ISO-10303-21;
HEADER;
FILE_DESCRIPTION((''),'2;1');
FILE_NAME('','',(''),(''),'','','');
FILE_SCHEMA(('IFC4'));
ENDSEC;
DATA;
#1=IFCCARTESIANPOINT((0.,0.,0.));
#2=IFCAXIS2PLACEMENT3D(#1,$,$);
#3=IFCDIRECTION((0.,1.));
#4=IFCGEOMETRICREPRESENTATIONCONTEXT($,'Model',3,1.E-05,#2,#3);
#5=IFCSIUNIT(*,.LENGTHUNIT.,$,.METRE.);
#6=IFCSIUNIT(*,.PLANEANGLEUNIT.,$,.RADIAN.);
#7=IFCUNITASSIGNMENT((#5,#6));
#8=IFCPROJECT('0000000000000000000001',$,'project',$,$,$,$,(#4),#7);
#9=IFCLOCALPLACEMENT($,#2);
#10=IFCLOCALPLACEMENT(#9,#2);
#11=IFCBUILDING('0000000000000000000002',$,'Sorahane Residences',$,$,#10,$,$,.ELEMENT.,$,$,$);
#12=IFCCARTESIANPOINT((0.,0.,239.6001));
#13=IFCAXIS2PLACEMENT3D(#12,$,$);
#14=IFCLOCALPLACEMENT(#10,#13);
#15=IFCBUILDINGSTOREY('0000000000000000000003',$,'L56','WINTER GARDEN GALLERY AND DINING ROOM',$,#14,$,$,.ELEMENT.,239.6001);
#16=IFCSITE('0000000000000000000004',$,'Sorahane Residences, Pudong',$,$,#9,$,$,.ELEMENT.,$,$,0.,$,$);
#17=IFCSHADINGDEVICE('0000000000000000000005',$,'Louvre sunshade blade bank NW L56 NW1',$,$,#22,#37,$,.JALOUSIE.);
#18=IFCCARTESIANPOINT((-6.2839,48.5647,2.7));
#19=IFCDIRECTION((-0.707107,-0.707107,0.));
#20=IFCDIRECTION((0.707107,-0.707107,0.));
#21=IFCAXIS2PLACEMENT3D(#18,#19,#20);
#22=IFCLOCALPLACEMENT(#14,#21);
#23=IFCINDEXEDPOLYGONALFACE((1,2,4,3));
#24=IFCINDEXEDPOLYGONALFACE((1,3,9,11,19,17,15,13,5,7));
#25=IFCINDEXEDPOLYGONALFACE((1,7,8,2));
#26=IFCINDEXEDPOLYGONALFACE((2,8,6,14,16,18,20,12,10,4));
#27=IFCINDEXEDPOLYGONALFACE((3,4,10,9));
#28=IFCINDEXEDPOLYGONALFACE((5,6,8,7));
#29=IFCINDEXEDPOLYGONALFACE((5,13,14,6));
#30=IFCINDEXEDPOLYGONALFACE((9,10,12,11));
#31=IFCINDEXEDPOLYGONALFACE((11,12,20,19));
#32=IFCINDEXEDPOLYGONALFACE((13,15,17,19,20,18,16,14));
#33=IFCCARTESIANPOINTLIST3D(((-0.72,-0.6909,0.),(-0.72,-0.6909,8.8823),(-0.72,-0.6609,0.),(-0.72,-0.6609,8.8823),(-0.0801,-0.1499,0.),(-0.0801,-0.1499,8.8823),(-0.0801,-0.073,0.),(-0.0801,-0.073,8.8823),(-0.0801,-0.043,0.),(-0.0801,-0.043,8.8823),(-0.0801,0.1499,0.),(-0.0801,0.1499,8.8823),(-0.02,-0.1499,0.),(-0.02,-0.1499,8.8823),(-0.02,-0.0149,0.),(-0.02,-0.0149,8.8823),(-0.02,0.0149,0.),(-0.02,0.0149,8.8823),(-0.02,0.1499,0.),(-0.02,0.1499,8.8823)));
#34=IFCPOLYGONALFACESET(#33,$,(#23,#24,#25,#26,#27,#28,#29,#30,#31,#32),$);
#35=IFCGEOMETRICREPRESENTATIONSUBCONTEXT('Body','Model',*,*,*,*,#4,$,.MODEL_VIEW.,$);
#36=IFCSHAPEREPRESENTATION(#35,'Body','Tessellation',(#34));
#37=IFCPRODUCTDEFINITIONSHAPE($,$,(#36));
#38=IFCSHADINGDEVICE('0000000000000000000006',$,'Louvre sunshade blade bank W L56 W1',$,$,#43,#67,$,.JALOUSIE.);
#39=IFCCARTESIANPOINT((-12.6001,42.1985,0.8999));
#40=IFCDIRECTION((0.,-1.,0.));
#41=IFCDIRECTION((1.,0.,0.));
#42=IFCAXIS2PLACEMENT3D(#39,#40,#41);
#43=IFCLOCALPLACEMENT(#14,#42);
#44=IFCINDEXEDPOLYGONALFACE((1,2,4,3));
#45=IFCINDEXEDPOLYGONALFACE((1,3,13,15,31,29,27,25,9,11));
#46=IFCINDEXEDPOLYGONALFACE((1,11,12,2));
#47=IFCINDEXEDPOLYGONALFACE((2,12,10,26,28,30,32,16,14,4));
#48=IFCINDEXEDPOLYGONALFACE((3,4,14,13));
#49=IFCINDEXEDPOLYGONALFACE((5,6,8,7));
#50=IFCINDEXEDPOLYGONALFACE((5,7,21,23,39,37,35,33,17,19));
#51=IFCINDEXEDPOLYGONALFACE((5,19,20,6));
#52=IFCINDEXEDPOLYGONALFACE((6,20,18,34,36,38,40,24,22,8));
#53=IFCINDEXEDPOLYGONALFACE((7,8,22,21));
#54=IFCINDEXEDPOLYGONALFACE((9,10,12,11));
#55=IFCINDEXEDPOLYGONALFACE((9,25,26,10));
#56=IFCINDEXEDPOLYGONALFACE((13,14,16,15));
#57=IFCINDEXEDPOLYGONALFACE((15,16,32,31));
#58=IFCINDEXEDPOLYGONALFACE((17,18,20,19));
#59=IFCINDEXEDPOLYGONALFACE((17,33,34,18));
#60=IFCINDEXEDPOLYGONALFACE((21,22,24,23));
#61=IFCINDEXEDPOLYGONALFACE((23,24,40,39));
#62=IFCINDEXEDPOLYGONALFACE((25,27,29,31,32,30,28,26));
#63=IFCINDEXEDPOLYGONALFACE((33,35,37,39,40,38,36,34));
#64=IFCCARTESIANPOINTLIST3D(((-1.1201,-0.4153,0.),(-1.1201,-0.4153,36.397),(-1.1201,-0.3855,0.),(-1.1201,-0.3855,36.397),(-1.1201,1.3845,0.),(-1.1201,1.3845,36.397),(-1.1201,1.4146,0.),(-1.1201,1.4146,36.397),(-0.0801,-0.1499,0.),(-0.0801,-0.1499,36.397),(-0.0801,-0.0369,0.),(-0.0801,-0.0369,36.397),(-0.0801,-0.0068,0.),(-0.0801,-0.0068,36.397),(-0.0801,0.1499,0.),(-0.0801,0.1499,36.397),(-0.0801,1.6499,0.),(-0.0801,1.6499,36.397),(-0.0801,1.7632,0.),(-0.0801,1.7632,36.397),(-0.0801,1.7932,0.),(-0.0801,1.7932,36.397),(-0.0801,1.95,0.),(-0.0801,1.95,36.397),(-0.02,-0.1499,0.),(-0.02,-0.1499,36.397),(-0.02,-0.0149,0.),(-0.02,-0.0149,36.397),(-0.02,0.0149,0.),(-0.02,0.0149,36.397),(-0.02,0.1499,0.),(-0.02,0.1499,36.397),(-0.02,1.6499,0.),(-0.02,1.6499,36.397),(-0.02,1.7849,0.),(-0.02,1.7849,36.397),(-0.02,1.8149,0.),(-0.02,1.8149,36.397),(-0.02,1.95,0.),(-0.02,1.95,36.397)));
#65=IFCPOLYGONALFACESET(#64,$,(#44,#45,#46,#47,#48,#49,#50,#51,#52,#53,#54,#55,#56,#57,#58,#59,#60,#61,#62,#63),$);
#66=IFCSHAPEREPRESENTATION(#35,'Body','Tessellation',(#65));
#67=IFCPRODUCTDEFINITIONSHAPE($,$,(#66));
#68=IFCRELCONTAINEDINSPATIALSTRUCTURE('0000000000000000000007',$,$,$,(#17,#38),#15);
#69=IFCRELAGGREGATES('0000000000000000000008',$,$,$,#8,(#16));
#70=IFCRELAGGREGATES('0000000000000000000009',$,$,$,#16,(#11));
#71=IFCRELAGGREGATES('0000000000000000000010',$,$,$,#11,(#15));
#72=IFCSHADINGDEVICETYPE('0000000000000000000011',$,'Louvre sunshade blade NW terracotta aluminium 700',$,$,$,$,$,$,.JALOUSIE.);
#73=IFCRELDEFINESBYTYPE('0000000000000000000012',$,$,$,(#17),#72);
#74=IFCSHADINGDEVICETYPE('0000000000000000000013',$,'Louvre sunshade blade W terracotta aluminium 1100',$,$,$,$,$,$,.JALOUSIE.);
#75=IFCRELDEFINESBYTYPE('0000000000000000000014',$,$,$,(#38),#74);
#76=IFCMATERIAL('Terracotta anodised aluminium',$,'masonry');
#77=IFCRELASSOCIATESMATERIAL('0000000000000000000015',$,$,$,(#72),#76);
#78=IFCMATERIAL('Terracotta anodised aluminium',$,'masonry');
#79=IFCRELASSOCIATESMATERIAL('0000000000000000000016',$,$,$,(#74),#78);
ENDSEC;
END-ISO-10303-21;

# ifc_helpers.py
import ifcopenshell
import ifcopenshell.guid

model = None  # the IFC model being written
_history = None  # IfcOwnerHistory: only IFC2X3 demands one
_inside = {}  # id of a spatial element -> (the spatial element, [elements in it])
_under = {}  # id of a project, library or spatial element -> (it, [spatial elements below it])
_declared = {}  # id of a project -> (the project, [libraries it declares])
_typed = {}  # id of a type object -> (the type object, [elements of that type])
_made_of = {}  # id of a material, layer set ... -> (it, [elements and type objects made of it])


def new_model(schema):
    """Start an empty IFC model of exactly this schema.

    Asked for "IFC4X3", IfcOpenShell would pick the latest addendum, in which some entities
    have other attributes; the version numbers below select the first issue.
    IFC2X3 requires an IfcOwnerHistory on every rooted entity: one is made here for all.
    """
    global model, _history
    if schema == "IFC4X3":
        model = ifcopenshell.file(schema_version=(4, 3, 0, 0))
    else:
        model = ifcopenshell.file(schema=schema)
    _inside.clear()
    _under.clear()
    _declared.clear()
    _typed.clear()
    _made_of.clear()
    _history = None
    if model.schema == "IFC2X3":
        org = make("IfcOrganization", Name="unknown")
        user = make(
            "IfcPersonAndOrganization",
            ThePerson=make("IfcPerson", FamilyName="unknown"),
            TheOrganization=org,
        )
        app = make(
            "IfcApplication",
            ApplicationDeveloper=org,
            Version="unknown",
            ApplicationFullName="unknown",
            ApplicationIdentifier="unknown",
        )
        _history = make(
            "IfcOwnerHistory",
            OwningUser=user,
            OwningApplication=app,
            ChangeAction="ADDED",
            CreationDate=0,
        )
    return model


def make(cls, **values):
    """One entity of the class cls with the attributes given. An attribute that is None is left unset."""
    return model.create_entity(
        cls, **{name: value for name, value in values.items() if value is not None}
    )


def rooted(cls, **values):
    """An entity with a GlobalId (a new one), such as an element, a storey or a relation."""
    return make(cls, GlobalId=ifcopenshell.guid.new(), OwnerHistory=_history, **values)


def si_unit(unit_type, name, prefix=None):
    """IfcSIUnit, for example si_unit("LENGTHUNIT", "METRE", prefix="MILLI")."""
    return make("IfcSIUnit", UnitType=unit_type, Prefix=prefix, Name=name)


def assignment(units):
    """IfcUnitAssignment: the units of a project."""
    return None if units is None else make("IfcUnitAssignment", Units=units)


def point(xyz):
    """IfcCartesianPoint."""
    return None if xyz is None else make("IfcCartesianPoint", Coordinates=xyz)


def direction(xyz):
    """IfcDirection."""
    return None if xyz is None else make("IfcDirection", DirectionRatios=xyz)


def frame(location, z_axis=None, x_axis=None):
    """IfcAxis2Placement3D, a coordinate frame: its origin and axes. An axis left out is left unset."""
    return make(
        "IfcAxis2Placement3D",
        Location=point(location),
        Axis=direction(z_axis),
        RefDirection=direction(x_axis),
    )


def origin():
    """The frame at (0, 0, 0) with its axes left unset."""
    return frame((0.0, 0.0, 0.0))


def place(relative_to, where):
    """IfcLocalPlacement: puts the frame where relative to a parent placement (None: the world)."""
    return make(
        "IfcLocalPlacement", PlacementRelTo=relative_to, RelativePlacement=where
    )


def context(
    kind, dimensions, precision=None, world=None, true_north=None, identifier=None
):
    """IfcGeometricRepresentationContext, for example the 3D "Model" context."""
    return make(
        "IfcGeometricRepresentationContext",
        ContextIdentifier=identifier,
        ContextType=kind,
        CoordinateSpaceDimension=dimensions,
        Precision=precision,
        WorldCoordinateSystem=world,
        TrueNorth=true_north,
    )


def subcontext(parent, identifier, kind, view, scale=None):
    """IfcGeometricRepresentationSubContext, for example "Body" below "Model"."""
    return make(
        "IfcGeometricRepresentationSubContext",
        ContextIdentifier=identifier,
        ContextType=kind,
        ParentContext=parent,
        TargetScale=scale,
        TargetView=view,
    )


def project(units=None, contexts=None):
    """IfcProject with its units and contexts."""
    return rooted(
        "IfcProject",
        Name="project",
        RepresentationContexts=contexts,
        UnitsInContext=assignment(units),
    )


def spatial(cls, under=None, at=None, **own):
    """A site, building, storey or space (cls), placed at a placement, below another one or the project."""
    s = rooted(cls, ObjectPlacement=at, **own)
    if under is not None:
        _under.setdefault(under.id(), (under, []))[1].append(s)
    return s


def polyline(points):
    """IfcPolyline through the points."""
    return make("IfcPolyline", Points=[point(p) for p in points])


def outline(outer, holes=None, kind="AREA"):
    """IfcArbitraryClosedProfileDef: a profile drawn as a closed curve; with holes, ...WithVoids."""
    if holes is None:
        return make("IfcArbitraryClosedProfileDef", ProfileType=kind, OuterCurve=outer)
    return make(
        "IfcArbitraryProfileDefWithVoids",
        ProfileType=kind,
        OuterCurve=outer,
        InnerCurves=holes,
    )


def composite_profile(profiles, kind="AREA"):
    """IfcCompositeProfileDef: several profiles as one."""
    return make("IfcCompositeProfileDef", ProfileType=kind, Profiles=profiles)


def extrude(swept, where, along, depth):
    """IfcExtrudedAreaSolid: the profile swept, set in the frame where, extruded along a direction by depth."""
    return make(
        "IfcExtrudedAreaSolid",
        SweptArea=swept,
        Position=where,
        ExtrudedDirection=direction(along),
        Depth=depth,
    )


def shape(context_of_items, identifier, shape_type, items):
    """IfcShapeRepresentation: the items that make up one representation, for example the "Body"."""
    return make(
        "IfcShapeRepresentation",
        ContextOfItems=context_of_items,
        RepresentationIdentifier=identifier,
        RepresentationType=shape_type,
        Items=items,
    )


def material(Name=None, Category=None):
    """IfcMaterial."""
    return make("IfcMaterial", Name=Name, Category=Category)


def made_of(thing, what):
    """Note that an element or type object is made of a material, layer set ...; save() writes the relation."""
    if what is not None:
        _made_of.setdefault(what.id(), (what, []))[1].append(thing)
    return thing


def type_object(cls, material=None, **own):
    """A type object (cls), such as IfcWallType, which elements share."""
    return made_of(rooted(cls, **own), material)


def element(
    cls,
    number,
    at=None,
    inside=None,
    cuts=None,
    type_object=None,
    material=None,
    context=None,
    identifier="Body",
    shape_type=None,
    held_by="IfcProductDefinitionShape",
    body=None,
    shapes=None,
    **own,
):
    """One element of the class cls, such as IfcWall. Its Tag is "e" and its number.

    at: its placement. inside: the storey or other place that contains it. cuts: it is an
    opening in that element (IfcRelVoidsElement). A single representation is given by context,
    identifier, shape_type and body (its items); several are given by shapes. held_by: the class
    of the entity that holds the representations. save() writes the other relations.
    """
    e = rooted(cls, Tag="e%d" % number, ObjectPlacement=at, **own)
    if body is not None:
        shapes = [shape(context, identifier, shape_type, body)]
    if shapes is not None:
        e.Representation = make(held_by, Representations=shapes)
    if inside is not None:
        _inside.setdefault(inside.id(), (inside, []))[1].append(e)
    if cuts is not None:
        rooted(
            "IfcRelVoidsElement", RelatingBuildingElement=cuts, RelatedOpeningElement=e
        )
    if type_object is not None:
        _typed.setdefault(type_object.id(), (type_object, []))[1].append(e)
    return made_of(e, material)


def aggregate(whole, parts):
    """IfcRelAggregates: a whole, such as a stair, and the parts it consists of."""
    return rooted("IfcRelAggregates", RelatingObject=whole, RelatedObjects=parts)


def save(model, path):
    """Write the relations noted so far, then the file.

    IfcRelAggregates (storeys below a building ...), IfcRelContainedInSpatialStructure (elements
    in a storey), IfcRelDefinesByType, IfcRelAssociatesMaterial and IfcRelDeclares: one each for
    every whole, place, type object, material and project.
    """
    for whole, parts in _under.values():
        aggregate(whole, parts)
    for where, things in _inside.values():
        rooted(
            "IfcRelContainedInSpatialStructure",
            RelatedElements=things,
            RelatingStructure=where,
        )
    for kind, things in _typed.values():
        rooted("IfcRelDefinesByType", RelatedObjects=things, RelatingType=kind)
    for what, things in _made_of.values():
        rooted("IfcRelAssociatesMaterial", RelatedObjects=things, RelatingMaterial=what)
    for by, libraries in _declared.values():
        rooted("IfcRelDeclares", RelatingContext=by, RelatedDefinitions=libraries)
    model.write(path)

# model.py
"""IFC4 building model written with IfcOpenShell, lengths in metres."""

from ifc_helpers import new_model, si_unit, direction, frame, origin, place, context, subcontext, project, spatial, polyline, outline, composite_profile, extrude, material, type_object, element, save


model = new_model("IFC4")

# Units and contexts
model_context = context("Model", 3, precision=1e-05, world=origin(), true_north=direction((0.0, 1.0)))
body_context = subcontext(model_context, "Body", "Model", "MODEL_VIEW")
ifc_project = project(units=[si_unit("LENGTHUNIT", "METRE"), si_unit("PLANEANGLEUNIT", "RADIAN")], contexts=[model_context])

# Site, building, storey
site_placement = place(None, origin())
site = spatial("IfcSite", under=ifc_project, at=site_placement, Name="Sorahane Residences, Pudong", CompositionType="ELEMENT", RefElevation=0.0)
building_placement = place(site_placement, origin())
building = spatial("IfcBuilding", under=site, at=building_placement, Name="Sorahane Residences", CompositionType="ELEMENT")
storey_placement = place(building_placement, frame((0.0, 0.0, 239.6001)))
storey = spatial("IfcBuildingStorey", under=building, at=storey_placement, Name="L56", Description="WINTER GARDEN GALLERY AND DINING ROOM", CompositionType="ELEMENT", Elevation=239.6001)

# Shading devices
ifc_material_1 = material(Name="Terracotta anodised aluminium", Category="masonry")
shading_device_type_1 = type_object("IfcShadingDeviceType", Name="Louvre sunshade blade NW terracotta aluminium 700", PredefinedType="JALOUSIE", material=ifc_material_1)
shading_device_1_placement = place(storey_placement, frame((-6.2839, 48.5647, 2.7), z_axis=(-0.707107, -0.707107, 0.0), x_axis=(0.707107, -0.707107, 0.0)))
element("IfcShadingDevice", 1, at=shading_device_1_placement, inside=storey, type_object=shading_device_type_1, Name="Louvre sunshade blade bank NW L56 NW1", PredefinedType="JALOUSIE", context=body_context, shape_type="SweptSolid", body=[
    extrude(outline(polyline([(-0.72, -0.6609), (-0.72, -0.6909), (-0.0801, -0.073), (-0.0801, -0.1499), (-0.02, -0.1499), (-0.02, -0.0149), (-0.02, 0.0149), (-0.02, 0.1499), (-0.0801, 0.1499), (-0.0801, -0.043), (-0.72, -0.6609)])), origin(), (0.0, 0.0, 1.0), 8.8823),
])
ifc_material_2 = material(Name="Terracotta anodised aluminium", Category="masonry")
shading_device_type_2 = type_object("IfcShadingDeviceType", Name="Louvre sunshade blade W terracotta aluminium 1100", PredefinedType="JALOUSIE", material=ifc_material_2)
shading_device_2_placement = place(storey_placement, frame((-12.6001, 42.1985, 0.8999), z_axis=(0.0, -1.0, 0.0), x_axis=(1.0, 0.0, 0.0)))
element("IfcShadingDevice", 2, at=shading_device_2_placement, inside=storey, type_object=shading_device_type_2, Name="Louvre sunshade blade bank W L56 W1", PredefinedType="JALOUSIE", context=body_context, shape_type="SweptSolid", body=[
    extrude(composite_profile([outline(polyline([(-1.1201, -0.3855), (-1.1201, -0.4153), (-0.0801, -0.0369), (-0.0801, -0.1499), (-0.02, -0.1499), (-0.02, -0.0149), (-0.02, 0.0149), (-0.02, 0.1499), (-0.0801, 0.1499), (-0.0801, -0.0068), (-1.1201, -0.3855)])), outline(polyline([(-1.1201, 1.4146), (-1.1201, 1.3845), (-0.0801, 1.7632), (-0.0801, 1.6499), (-0.02, 1.6499), (-0.02, 1.7849), (-0.02, 1.8149), (-0.02, 1.95), (-0.0801, 1.95), (-0.0801, 1.7932), (-1.1201, 1.4146)]))]), origin(), (0.0, 0.0, 1.0), 36.397),
])

save(model, "model.ifc")
